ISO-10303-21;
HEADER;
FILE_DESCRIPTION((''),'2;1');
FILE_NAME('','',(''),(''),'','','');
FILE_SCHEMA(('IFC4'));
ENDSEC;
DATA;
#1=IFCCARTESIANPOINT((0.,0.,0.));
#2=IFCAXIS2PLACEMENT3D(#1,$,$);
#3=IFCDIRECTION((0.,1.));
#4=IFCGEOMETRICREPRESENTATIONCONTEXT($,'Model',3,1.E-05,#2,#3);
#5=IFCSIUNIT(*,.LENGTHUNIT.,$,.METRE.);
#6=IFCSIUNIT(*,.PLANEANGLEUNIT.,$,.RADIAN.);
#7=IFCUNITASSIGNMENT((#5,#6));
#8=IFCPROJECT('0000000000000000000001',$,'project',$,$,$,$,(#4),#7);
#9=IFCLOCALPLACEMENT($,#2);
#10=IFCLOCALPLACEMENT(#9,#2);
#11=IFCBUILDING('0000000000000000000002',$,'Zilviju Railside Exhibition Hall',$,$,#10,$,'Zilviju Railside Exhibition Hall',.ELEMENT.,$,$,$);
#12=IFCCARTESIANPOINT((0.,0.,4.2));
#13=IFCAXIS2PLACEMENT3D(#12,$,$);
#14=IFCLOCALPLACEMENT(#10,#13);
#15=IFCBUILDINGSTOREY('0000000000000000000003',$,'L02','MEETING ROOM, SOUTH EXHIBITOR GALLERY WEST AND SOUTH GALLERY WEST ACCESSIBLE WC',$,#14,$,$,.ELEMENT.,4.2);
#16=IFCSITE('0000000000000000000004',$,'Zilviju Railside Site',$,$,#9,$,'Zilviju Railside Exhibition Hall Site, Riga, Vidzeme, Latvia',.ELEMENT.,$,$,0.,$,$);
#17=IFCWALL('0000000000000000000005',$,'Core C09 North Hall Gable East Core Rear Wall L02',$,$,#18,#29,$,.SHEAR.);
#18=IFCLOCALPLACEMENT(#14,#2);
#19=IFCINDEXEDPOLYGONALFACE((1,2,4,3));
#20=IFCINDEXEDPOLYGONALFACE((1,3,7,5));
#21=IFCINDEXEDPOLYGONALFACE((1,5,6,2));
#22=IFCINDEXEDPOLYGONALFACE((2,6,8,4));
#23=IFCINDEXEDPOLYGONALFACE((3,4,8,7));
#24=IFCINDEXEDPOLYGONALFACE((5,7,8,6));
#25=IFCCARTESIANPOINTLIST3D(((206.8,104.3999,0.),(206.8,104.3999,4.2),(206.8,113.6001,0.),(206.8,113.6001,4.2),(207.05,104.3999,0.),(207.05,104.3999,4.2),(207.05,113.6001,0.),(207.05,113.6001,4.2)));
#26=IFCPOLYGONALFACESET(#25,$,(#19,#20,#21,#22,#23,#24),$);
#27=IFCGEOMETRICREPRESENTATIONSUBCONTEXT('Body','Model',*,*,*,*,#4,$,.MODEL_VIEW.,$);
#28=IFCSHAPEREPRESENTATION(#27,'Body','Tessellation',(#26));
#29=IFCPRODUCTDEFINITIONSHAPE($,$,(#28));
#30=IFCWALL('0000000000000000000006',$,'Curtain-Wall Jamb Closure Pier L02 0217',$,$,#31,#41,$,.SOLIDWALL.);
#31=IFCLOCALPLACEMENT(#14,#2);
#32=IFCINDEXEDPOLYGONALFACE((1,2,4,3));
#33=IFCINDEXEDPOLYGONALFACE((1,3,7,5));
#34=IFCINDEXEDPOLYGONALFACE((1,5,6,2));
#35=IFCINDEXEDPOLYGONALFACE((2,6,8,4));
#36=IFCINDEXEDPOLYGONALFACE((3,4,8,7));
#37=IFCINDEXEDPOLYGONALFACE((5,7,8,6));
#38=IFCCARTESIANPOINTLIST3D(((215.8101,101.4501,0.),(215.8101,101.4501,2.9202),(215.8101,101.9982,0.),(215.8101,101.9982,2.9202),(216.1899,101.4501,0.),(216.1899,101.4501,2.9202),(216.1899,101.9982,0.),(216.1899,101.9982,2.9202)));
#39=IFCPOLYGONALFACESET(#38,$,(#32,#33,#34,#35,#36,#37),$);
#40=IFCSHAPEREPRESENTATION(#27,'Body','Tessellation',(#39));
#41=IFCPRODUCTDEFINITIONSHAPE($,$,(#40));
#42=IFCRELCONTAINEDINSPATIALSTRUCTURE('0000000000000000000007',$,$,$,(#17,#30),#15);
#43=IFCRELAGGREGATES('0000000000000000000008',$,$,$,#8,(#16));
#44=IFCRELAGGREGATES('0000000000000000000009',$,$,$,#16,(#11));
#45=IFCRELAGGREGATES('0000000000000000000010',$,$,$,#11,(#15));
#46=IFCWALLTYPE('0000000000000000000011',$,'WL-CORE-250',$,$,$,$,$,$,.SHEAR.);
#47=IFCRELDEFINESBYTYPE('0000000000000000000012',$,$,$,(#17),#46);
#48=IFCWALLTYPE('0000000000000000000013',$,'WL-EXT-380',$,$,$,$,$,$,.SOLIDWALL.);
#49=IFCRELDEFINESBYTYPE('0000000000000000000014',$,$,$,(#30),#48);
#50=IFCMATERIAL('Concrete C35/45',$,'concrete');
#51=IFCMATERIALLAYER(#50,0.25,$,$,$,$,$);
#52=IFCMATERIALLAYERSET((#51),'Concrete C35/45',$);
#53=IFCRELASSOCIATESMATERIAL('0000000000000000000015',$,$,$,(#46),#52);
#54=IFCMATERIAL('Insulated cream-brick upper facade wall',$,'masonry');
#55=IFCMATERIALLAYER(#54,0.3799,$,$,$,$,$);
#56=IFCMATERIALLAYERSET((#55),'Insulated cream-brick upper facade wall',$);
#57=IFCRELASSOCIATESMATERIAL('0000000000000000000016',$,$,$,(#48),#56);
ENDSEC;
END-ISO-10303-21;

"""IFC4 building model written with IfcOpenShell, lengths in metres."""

from ifc_helpers import new_model, si_unit, direction, frame, frame_2d, origin, place, context, subcontext, project, spatial, rectangle, extrude, material, layer, layer_set, type_object, element, save


model = new_model("IFC4")

# Units and contexts
model_context = context("Model", 3, precision=1e-05, world=origin(), true_north=direction((0.0, 1.0)))
body_context = subcontext(model_context, "Body", "Model", "MODEL_VIEW")
ifc_project = project(units=[si_unit("LENGTHUNIT", "METRE"), si_unit("PLANEANGLEUNIT", "RADIAN")], contexts=[model_context])

# Site, building, storey
site_placement = place(None, origin())
site = spatial("IfcSite", under=ifc_project, at=site_placement, Name="Zilviju Railside Site", LongName="Zilviju Railside Exhibition Hall Site, Riga, Vidzeme, Latvia", CompositionType="ELEMENT", RefElevation=0.0)
building_placement = place(site_placement, origin())
building = spatial("IfcBuilding", under=site, at=building_placement, Name="Zilviju Railside Exhibition Hall", LongName="Zilviju Railside Exhibition Hall", CompositionType="ELEMENT")
storey_placement = place(building_placement, frame((0.0, 0.0, 4.2)))
storey = spatial("IfcBuildingStorey", under=building, at=storey_placement, Name="L02", Description="MEETING ROOM, SOUTH EXHIBITOR GALLERY WEST AND SOUTH GALLERY WEST ACCESSIBLE WC", CompositionType="ELEMENT", Elevation=4.2)

# Walls
ifc_material_1 = material(Name="Concrete C35/45", Category="concrete")
ifc_layer_1 = layer(ifc_material_1, 0.25)
ifc_layer_set_1 = layer_set([ifc_layer_1], Name="Concrete C35/45")
wall_type_1 = type_object("IfcWallType", Name="WL-CORE-250", PredefinedType="SHEAR", material=ifc_layer_set_1)
wall_1_placement = place(storey_placement, frame((206.925, 104.3999, 0.0), z_axis=(0.0, 0.0, 1.0), x_axis=(0.0, 1.0, 0.0)))
element("IfcWall", 1, at=wall_1_placement, inside=storey, type_object=wall_type_1, Name="Core C09 North Hall Gable East Core Rear Wall L02", PredefinedType="SHEAR", context=body_context, shape_type="SweptSolid", body=[
    extrude(rectangle(XDim=9.2002, YDim=0.25, at=frame_2d((4.6001, 0.0))), origin(), (0.0, 0.0, 1.0), 4.2),
])
ifc_material_2 = material(Name="Insulated cream-brick upper facade wall", Category="masonry")
ifc_layer_2 = layer(ifc_material_2, 0.3799)
ifc_layer_set_2 = layer_set([ifc_layer_2], Name="Insulated cream-brick upper facade wall")
wall_type_2 = type_object("IfcWallType", Name="WL-EXT-380", PredefinedType="SOLIDWALL", material=ifc_layer_set_2)
wall_2_placement = place(storey_placement, frame((216.0, 101.998, 0.0), z_axis=(0.0, 0.0, 1.0), x_axis=(0.0, -1.0, 0.0)))
element("IfcWall", 2, at=wall_2_placement, inside=storey, type_object=wall_type_2, Name="Curtain-Wall Jamb Closure Pier L02 0217", PredefinedType="SOLIDWALL", context=body_context, shape_type="SweptSolid", body=[
    extrude(rectangle(XDim=0.5481, YDim=0.3799, at=frame_2d((0.2739, 0.0))), origin(), (0.0, 0.0, 1.0), 2.9202),
])

save(model, "model.ifc")
